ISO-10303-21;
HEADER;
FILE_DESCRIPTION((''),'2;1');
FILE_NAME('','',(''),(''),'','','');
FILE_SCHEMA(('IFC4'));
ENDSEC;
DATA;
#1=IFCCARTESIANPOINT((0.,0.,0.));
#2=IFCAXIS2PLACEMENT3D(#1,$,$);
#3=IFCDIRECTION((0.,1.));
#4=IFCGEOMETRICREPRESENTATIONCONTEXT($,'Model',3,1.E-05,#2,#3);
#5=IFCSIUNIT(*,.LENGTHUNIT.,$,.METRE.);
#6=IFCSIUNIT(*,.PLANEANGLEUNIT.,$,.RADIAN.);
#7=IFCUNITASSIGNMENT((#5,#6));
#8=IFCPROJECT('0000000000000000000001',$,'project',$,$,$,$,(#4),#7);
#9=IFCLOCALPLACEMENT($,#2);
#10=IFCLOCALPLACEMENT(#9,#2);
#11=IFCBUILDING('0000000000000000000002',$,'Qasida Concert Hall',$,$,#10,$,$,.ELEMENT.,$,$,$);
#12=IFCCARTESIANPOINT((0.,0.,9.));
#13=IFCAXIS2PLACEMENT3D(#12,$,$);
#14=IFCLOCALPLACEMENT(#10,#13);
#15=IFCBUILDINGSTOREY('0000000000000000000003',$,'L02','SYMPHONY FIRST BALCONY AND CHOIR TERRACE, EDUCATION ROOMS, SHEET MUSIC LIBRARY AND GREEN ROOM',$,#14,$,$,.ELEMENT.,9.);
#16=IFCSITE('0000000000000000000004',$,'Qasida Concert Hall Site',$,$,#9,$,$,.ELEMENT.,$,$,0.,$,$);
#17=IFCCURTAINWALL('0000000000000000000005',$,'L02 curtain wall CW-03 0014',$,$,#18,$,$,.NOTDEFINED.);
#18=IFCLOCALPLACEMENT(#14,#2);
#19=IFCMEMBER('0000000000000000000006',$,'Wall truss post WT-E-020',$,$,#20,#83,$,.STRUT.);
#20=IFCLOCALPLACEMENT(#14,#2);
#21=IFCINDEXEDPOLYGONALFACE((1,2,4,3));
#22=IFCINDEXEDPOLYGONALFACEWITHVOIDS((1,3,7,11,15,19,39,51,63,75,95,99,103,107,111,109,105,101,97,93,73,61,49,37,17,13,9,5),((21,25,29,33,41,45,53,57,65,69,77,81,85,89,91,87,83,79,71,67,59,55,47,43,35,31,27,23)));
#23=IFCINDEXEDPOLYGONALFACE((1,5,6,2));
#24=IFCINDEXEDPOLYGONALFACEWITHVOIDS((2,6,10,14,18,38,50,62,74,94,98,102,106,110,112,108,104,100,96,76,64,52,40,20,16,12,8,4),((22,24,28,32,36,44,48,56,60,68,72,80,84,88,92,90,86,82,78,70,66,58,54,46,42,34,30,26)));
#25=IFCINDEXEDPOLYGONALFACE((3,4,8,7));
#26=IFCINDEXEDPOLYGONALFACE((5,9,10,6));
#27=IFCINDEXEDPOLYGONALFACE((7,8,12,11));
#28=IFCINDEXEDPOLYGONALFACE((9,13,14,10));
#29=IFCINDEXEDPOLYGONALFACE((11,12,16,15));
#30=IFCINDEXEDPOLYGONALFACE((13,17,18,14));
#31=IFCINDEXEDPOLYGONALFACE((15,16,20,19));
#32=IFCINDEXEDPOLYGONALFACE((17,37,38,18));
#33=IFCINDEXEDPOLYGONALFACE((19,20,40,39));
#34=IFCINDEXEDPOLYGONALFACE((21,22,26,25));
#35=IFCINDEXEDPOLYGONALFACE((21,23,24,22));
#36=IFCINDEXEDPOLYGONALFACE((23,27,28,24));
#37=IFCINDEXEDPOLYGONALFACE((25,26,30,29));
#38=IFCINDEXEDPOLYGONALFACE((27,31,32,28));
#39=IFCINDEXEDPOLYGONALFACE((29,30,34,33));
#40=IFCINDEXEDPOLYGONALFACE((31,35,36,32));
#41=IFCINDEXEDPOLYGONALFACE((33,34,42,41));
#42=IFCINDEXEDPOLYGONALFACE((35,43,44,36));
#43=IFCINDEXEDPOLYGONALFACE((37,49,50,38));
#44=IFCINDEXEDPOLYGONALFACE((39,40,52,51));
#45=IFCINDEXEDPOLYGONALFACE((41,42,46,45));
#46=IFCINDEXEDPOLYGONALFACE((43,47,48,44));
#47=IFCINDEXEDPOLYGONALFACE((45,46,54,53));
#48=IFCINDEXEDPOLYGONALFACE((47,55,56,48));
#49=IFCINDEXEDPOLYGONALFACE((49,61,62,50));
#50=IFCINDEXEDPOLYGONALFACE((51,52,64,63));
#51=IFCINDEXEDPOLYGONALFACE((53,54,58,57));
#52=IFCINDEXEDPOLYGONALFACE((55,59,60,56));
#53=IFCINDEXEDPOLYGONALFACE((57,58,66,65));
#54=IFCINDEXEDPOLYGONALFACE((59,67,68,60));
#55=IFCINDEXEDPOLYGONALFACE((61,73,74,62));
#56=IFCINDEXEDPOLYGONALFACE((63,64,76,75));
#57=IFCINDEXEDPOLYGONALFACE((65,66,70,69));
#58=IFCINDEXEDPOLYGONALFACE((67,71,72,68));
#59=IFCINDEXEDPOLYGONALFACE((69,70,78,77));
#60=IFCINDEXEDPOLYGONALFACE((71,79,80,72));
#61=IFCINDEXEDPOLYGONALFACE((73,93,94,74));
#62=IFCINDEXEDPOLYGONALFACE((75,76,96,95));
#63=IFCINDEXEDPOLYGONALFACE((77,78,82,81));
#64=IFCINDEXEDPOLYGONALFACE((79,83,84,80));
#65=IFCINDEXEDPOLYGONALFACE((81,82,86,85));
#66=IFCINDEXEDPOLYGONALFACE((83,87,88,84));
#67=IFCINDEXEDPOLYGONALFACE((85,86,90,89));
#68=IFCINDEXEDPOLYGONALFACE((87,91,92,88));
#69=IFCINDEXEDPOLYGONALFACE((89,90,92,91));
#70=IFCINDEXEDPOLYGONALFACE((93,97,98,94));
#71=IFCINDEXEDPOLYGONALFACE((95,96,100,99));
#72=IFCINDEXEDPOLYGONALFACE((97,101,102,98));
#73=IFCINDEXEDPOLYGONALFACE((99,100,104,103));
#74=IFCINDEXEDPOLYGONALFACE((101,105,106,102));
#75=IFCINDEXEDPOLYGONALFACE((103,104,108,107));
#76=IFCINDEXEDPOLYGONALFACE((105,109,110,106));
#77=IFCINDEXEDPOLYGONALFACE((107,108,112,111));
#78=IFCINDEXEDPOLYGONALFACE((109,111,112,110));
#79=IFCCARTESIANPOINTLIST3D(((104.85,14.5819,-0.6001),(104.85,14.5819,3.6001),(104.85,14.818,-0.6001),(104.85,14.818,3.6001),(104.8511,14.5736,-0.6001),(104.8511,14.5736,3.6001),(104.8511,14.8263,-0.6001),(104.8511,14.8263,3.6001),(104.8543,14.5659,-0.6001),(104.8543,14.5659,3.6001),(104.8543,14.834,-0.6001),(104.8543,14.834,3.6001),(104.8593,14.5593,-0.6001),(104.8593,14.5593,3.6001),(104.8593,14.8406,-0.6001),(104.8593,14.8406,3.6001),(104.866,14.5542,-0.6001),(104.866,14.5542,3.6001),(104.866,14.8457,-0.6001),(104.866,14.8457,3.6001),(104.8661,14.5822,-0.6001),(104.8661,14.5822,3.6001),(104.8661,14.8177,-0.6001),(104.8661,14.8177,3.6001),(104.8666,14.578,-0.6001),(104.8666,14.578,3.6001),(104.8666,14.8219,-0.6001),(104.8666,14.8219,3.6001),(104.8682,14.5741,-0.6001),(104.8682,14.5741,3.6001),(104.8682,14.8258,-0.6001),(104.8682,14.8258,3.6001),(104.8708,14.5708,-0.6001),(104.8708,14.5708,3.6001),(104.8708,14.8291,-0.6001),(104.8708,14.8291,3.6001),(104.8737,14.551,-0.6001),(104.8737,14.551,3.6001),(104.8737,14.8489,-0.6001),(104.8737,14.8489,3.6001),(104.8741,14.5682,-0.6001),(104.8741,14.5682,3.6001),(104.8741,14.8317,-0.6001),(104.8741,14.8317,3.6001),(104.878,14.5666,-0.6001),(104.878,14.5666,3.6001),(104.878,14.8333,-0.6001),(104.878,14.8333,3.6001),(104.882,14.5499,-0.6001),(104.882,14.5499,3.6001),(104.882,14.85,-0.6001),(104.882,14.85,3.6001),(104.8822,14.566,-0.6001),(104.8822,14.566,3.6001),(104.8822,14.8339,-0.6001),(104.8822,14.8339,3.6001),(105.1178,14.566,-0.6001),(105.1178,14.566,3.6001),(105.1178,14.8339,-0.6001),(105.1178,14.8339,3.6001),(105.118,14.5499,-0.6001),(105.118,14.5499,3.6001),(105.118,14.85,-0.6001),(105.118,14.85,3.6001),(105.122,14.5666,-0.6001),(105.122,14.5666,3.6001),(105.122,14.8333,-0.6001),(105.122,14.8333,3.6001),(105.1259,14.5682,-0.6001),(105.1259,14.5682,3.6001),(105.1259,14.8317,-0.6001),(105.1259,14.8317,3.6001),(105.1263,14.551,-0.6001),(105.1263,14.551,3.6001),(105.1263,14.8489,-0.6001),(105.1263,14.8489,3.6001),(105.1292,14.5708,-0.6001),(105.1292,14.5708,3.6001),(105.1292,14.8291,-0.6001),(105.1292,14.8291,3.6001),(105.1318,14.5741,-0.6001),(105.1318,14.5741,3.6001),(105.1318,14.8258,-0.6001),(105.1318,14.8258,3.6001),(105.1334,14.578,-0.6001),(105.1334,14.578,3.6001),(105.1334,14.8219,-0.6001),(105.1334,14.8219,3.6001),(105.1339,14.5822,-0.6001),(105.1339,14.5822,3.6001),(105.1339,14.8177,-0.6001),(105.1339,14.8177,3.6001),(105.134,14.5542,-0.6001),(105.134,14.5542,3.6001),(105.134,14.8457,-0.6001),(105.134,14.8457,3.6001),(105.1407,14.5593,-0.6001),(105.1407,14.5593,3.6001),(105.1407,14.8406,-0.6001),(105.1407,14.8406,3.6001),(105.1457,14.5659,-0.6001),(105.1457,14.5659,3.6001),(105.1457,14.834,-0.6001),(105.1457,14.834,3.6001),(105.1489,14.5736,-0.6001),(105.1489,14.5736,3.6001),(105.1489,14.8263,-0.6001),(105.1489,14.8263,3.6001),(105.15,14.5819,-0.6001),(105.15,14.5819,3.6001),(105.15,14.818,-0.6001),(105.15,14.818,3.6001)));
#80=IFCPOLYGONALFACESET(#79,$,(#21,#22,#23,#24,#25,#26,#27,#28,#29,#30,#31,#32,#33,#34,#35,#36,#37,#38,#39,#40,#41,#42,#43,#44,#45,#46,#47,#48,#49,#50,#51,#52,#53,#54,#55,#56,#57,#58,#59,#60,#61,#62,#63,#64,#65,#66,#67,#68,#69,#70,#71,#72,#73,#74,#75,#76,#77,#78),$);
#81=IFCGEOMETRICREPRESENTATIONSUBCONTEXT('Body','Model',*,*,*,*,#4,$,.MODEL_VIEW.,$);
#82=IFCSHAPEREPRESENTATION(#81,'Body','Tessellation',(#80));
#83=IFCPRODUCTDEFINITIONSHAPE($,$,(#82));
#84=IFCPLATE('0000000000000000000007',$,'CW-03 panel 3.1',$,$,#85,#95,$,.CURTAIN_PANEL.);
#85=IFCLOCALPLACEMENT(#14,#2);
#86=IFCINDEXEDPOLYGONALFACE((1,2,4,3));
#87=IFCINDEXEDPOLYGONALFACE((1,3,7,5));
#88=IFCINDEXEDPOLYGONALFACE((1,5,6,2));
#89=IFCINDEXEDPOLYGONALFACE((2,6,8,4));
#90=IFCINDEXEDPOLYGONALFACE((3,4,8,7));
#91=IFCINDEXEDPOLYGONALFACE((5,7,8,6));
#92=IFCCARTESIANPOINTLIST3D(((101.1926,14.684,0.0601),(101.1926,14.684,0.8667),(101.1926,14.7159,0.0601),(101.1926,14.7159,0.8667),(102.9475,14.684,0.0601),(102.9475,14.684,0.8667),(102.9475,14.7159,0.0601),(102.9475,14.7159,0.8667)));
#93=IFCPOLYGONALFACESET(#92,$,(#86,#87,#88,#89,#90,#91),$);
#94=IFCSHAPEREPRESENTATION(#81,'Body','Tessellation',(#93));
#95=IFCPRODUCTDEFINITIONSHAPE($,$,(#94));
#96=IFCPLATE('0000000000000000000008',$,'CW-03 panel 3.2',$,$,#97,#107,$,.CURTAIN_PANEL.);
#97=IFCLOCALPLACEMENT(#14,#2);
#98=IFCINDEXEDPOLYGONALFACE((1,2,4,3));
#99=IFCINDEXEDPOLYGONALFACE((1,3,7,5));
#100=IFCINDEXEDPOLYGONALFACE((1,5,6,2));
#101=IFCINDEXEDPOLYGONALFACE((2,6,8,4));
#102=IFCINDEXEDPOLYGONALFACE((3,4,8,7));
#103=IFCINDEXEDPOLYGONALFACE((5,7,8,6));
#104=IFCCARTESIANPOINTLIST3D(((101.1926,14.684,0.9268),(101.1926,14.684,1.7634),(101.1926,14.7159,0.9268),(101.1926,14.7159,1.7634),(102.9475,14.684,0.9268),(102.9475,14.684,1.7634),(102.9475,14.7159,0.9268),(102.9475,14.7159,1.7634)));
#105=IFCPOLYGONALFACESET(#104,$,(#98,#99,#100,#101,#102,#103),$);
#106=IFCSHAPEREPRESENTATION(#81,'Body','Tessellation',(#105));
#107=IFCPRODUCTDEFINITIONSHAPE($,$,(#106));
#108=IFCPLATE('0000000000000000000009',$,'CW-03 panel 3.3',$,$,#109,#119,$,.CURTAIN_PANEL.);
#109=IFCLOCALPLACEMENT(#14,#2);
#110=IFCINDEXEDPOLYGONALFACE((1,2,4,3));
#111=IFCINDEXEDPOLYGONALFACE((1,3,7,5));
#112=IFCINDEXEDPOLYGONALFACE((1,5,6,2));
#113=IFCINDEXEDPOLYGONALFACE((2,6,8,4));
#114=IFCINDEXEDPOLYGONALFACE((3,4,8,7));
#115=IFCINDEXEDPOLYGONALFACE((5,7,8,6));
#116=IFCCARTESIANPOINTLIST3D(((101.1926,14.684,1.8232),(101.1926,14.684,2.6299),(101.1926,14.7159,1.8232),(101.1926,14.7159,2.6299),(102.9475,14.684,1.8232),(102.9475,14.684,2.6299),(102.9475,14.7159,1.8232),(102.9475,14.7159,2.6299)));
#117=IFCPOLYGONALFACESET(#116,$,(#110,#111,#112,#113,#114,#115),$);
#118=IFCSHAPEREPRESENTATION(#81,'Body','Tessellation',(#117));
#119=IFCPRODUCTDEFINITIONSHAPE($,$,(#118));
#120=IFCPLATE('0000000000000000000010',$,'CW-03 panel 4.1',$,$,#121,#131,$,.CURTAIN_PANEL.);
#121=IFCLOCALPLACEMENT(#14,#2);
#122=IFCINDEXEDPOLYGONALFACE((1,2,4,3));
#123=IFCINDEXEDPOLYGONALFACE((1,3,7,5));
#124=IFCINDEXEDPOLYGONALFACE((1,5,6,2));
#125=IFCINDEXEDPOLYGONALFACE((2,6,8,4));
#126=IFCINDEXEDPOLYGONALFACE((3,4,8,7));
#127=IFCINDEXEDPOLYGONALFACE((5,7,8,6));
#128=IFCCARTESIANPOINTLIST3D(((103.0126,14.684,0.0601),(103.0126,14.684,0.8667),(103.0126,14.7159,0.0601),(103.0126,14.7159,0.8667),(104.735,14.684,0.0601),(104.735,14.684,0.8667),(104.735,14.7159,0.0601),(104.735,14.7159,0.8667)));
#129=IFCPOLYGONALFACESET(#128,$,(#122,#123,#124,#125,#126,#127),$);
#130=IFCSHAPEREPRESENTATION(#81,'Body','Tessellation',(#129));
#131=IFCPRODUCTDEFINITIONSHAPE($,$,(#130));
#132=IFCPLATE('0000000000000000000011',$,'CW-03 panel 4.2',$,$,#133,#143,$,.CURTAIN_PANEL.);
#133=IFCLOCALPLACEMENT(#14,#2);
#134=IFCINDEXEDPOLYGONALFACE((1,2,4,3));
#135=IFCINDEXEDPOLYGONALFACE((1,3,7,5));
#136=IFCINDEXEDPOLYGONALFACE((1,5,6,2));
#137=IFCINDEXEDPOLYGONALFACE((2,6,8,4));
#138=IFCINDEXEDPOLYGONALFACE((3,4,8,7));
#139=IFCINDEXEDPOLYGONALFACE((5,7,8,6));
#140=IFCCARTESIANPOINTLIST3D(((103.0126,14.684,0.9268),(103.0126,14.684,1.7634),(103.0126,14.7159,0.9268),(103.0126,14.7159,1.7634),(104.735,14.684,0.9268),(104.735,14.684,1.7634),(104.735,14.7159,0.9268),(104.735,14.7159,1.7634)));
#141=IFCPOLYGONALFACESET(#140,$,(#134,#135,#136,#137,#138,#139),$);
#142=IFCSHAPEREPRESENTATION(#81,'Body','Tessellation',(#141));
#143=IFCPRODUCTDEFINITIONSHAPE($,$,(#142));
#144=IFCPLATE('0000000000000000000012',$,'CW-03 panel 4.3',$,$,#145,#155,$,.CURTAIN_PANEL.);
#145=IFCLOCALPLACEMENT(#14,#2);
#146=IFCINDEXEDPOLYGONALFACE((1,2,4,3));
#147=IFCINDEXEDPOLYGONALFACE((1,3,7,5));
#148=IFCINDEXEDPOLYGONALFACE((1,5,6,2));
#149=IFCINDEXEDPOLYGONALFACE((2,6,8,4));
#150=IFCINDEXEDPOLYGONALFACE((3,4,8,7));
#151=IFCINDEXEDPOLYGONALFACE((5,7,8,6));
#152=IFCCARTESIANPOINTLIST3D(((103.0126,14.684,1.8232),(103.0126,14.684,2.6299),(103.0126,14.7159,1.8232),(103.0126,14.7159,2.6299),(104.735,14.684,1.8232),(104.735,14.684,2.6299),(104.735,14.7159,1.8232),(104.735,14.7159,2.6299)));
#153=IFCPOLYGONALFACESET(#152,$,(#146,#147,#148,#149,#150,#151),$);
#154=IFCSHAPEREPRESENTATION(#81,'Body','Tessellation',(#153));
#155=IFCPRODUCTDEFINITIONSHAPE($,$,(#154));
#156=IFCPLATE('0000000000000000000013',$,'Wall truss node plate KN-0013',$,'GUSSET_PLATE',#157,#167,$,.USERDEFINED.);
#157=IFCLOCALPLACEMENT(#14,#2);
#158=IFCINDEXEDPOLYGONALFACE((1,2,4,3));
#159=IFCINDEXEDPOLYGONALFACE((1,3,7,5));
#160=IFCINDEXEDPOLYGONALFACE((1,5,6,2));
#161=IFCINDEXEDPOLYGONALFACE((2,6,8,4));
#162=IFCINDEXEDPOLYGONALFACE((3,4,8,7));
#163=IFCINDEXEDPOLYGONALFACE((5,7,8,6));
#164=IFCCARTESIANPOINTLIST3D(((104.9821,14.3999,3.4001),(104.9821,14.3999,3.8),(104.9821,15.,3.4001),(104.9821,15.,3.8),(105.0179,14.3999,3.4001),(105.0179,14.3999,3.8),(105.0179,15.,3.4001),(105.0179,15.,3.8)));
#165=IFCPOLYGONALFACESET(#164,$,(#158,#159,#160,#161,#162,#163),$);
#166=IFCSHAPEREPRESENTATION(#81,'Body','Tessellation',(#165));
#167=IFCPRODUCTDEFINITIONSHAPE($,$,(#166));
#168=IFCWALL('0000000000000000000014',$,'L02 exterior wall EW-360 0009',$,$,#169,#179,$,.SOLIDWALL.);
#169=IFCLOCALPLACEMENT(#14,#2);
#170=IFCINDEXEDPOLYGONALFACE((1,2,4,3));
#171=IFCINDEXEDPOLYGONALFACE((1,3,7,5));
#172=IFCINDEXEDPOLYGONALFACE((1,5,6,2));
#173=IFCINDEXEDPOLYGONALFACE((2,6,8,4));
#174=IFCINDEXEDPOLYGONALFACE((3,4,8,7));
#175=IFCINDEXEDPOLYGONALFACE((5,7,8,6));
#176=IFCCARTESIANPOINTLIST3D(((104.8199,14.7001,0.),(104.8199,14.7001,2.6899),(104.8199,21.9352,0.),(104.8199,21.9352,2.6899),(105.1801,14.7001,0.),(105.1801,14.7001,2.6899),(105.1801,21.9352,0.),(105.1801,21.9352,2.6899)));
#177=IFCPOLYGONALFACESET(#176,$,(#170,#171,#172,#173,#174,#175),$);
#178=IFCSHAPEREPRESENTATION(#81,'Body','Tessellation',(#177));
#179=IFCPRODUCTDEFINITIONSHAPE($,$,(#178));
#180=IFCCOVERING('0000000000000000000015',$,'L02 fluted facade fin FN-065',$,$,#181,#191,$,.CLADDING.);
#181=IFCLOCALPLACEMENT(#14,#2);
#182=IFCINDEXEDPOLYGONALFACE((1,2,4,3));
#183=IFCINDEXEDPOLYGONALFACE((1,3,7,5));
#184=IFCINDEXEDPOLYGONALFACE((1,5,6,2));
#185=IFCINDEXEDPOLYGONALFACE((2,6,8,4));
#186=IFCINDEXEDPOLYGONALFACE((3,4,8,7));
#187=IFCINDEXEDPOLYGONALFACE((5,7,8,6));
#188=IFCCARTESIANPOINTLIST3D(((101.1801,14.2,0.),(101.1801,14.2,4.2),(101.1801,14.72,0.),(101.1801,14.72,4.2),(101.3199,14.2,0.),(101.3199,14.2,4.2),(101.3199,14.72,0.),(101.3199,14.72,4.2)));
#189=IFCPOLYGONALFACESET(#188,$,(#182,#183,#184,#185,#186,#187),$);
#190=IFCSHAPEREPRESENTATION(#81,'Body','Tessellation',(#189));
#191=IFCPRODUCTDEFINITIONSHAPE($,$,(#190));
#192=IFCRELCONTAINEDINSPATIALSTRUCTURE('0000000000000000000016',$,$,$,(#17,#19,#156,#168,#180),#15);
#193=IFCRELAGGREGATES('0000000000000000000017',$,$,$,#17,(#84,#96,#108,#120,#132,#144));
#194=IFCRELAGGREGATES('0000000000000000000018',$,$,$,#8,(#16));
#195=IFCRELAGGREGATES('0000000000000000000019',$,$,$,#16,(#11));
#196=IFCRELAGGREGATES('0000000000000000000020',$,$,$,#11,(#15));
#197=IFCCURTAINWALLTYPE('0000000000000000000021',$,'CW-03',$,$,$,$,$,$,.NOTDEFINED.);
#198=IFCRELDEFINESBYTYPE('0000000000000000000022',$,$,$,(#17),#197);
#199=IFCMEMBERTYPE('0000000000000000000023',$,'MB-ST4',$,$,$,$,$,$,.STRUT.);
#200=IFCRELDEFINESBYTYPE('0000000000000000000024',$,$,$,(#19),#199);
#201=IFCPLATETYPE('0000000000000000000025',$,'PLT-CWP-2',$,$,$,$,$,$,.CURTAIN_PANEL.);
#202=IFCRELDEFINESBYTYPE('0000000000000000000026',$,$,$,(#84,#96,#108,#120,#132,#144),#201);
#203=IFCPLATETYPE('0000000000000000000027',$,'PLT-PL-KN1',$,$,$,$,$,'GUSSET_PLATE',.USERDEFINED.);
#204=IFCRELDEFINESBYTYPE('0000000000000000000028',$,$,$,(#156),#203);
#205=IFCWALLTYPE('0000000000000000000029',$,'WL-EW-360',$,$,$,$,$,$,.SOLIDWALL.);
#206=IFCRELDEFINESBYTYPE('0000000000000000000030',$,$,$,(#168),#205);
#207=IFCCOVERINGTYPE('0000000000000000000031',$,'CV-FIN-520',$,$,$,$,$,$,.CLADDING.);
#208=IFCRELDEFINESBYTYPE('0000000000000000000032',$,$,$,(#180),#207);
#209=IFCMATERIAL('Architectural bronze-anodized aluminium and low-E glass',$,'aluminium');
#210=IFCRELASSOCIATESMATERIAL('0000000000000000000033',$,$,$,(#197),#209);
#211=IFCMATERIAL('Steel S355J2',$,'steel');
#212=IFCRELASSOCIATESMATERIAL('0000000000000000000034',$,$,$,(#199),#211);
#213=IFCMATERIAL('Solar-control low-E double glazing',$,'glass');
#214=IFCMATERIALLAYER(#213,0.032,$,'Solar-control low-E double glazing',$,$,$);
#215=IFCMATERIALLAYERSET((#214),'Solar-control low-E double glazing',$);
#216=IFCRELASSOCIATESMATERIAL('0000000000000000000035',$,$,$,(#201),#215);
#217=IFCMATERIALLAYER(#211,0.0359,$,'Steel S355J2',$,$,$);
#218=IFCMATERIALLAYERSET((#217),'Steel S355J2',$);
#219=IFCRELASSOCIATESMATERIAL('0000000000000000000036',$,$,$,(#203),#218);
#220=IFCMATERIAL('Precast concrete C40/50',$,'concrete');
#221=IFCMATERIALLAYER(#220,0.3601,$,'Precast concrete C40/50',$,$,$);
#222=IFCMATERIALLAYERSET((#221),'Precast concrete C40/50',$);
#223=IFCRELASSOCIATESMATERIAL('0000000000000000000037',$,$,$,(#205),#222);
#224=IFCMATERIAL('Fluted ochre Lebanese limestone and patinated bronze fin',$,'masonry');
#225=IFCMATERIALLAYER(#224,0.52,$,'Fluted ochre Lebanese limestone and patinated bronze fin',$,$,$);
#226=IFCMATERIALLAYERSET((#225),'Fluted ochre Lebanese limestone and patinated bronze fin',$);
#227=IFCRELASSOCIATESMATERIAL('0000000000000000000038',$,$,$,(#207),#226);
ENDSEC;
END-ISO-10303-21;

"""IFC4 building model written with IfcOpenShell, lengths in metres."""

from ifc_helpers import new_model, si_unit, direction, frame, frame_2d, origin, origin_2d, place, context, subcontext, project, spatial, rectangle, hollow_rectangle, extrude, material, layer, layer_set, material_profile, profile_set, type_object, element, aggregate, save


model = new_model("IFC4")

# Units and contexts
model_context = context("Model", 3, precision=1e-05, world=origin(), true_north=direction((0.0, 1.0)))
body_context = subcontext(model_context, "Body", "Model", "MODEL_VIEW")
ifc_project = project(units=[si_unit("LENGTHUNIT", "METRE"), si_unit("PLANEANGLEUNIT", "RADIAN")], contexts=[model_context])

# Site, building, storey
site_placement = place(None, origin())
site = spatial("IfcSite", under=ifc_project, at=site_placement, Name="Qasida Concert Hall Site", CompositionType="ELEMENT", RefElevation=0.0)
building_placement = place(site_placement, origin())
building = spatial("IfcBuilding", under=site, at=building_placement, Name="Qasida Concert Hall", CompositionType="ELEMENT")
storey_placement = place(building_placement, frame((0.0, 0.0, 9.0)))
storey = spatial("IfcBuildingStorey", under=building, at=storey_placement, Name="L02", Description="SYMPHONY FIRST BALCONY AND CHOIR TERRACE, EDUCATION ROOMS, SHEET MUSIC LIBRARY AND GREEN ROOM", CompositionType="ELEMENT", Elevation=9.0)

# Curtain wall
ifc_material_1 = material(Name="Architectural bronze-anodized aluminium and low-E glass", Category="aluminium")
curtain_wall_type = type_object("IfcCurtainWallType", Name="CW-03", PredefinedType="NOTDEFINED", material=ifc_material_1)
curtain_wall_placement = place(storey_placement, origin())
curtain_wall = element("IfcCurtainWall", 1, at=curtain_wall_placement, inside=storey, type_object=curtain_wall_type, Name="L02 curtain wall CW-03 0014", PredefinedType="NOTDEFINED")

# Member
ifc_material_2 = material(Name="Steel S355J2", Category="steel")
ifc_material_profile_1 = material_profile(ifc_material_2, hollow_rectangle(XDim=0.3, YDim=0.3, WallThickness=0.0161, InnerFilletRadius=0.0161, OuterFilletRadius=0.032, at=origin_2d()), Name="SHS 300x300x16")
ifc_profile_set_1 = profile_set([ifc_material_profile_1], Name="Steel S355J2")
member_type_1 = type_object("IfcMemberType", Name="MB-ST4", PredefinedType="STRUT", material=ifc_profile_set_1)
member_1_placement = place(storey_placement, frame((105.0, 14.7, -0.6001), z_axis=(0.0, 0.0, 1.0), x_axis=(1.0, 0.0, 0.0)))
element("IfcMember", 2, at=member_1_placement, inside=storey, type_object=member_type_1, Name="Wall truss post WT-E-020", PredefinedType="STRUT", context=body_context, shape_type="SweptSolid", body=[
    extrude(hollow_rectangle(XDim=0.3, YDim=0.3, WallThickness=0.0161, InnerFilletRadius=0.0161, OuterFilletRadius=0.032, at=origin_2d()), origin(), (0.0, 0.0, 1.0), 4.2002),
])

# Plates
ifc_material_3 = material(Name="Solar-control low-E double glazing", Category="glass")
ifc_layer_1 = layer(ifc_material_3, 0.032, Name="Solar-control low-E double glazing")
ifc_layer_set_1 = layer_set([ifc_layer_1], Name="Solar-control low-E double glazing")
plate_type_1 = type_object("IfcPlateType", Name="PLT-CWP-2", PredefinedType="CURTAIN_PANEL", material=ifc_layer_set_1)
plate_1_placement = place(storey_placement, frame((102.0701, 14.7, 0.0601), z_axis=(0.0, 0.0, 1.0), x_axis=(1.0, 0.0, 0.0)))
plate_1 = element("IfcPlate", 3, at=plate_1_placement, type_object=plate_type_1, Name="CW-03 panel 3.1", PredefinedType="CURTAIN_PANEL", context=body_context, shape_type="SweptSolid", body=[
    extrude(rectangle(XDim=1.7549, YDim=0.032, at=origin_2d()), origin(), (0.0, 0.0, 1.0), 0.8066),
])
plate_2_placement = place(storey_placement, frame((102.0701, 14.7, 0.9268), z_axis=(0.0, 0.0, 1.0), x_axis=(1.0, 0.0, 0.0)))
plate_2 = element("IfcPlate", 4, at=plate_2_placement, type_object=plate_type_1, Name="CW-03 panel 3.2", PredefinedType="CURTAIN_PANEL", context=body_context, shape_type="SweptSolid", body=[
    extrude(rectangle(XDim=1.7549, YDim=0.032, at=origin_2d()), origin(), (0.0, 0.0, 1.0), 0.8367),
])
plate_3_placement = place(storey_placement, frame((102.0701, 14.7, 1.8232), z_axis=(0.0, 0.0, 1.0), x_axis=(1.0, 0.0, 0.0)))
plate_3 = element("IfcPlate", 5, at=plate_3_placement, type_object=plate_type_1, Name="CW-03 panel 3.3", PredefinedType="CURTAIN_PANEL", context=body_context, shape_type="SweptSolid", body=[
    extrude(rectangle(XDim=1.7549, YDim=0.032, at=origin_2d()), origin(), (0.0, 0.0, 1.0), 0.8066),
])
plate_4_placement = place(storey_placement, frame((103.8738, 14.7, 0.0601), z_axis=(0.0, 0.0, 1.0), x_axis=(1.0, 0.0, 0.0)))
plate_4 = element("IfcPlate", 6, at=plate_4_placement, type_object=plate_type_1, Name="CW-03 panel 4.1", PredefinedType="CURTAIN_PANEL", context=body_context, shape_type="SweptSolid", body=[
    extrude(rectangle(XDim=1.7224, YDim=0.032, at=origin_2d()), origin(), (0.0, 0.0, 1.0), 0.8066),
])
plate_5_placement = place(storey_placement, frame((103.8738, 14.7, 0.9268), z_axis=(0.0, 0.0, 1.0), x_axis=(1.0, 0.0, 0.0)))
plate_5 = element("IfcPlate", 7, at=plate_5_placement, type_object=plate_type_1, Name="CW-03 panel 4.2", PredefinedType="CURTAIN_PANEL", context=body_context, shape_type="SweptSolid", body=[
    extrude(rectangle(XDim=1.7224, YDim=0.032, at=origin_2d()), origin(), (0.0, 0.0, 1.0), 0.8367),
])
plate_6_placement = place(storey_placement, frame((103.8738, 14.7, 1.8232), z_axis=(0.0, 0.0, 1.0), x_axis=(1.0, 0.0, 0.0)))
plate_6 = element("IfcPlate", 8, at=plate_6_placement, type_object=plate_type_1, Name="CW-03 panel 4.3", PredefinedType="CURTAIN_PANEL", context=body_context, shape_type="SweptSolid", body=[
    extrude(rectangle(XDim=1.7224, YDim=0.032, at=origin_2d()), origin(), (0.0, 0.0, 1.0), 0.8066),
])
aggregate(curtain_wall, [plate_1, plate_2, plate_3, plate_4, plate_5, plate_6])
ifc_layer_2 = layer(ifc_material_2, 0.0359, Name="Steel S355J2")
ifc_layer_set_2 = layer_set([ifc_layer_2], Name="Steel S355J2")
plate_type_2 = type_object("IfcPlateType", Name="PLT-PL-KN1", ElementType="GUSSET_PLATE", PredefinedType="USERDEFINED", material=ifc_layer_set_2)
plate_7_placement = place(storey_placement, frame((105.0, 14.7, 3.4001), z_axis=(0.0, 0.0, 1.0), x_axis=(1.0, 0.0, 0.0)))
element("IfcPlate", 9, at=plate_7_placement, inside=storey, type_object=plate_type_2, Name="Wall truss node plate KN-0013", ObjectType="GUSSET_PLATE", PredefinedType="USERDEFINED", context=body_context, shape_type="SweptSolid", body=[
    extrude(rectangle(XDim=0.0359, YDim=0.6001, at=origin_2d()), origin(), (0.0, 0.0, 1.0), 0.3999),
])

# Wall
ifc_material_4 = material(Name="Precast concrete C40/50", Category="concrete")
ifc_layer_3 = layer(ifc_material_4, 0.3601, Name="Precast concrete C40/50")
ifc_layer_set_3 = layer_set([ifc_layer_3], Name="Precast concrete C40/50")
wall_type = type_object("IfcWallType", Name="WL-EW-360", PredefinedType="SOLIDWALL", material=ifc_layer_set_3)
wall_placement = place(storey_placement, frame((105.0, 14.7, 0.0), z_axis=(0.0, 0.0, 1.0), x_axis=(0.0, 1.0, 0.0)))
element("IfcWall", 10, at=wall_placement, inside=storey, type_object=wall_type, Name="L02 exterior wall EW-360 0009", PredefinedType="SOLIDWALL", context=body_context, shape_type="SweptSolid", body=[
    extrude(rectangle(XDim=7.2351, YDim=0.3601, at=frame_2d((3.6177, 0.0))), origin(), (0.0, 0.0, 1.0), 2.6899),
])

# Covering
ifc_material_5 = material(Name="Fluted ochre Lebanese limestone and patinated bronze fin", Category="masonry")
ifc_layer_4 = layer(ifc_material_5, 0.52, Name="Fluted ochre Lebanese limestone and patinated bronze fin")
ifc_layer_set_4 = layer_set([ifc_layer_4], Name="Fluted ochre Lebanese limestone and patinated bronze fin")
covering_type = type_object("IfcCoveringType", Name="CV-FIN-520", PredefinedType="CLADDING", material=ifc_layer_set_4)
for number, where, z_axis, x_axis, name in (
    (11, (101.25, 14.46, 0.0), (0.0, 0.0, 1.0), (1.0, 0.0, 0.0), "L02 fluted facade fin FN-065"),
):
    element("IfcCovering", number, at=place(storey_placement, frame(where, z_axis=z_axis, x_axis=x_axis)), inside=storey, type_object=covering_type, Name=name, PredefinedType="CLADDING", context=body_context, shape_type="SweptSolid", body=[
        extrude(rectangle(XDim=0.1399, YDim=0.52, at=origin_2d()), origin(), (0.0, 0.0, 1.0), 4.2),
    ])

save(model, "model.ifc")
